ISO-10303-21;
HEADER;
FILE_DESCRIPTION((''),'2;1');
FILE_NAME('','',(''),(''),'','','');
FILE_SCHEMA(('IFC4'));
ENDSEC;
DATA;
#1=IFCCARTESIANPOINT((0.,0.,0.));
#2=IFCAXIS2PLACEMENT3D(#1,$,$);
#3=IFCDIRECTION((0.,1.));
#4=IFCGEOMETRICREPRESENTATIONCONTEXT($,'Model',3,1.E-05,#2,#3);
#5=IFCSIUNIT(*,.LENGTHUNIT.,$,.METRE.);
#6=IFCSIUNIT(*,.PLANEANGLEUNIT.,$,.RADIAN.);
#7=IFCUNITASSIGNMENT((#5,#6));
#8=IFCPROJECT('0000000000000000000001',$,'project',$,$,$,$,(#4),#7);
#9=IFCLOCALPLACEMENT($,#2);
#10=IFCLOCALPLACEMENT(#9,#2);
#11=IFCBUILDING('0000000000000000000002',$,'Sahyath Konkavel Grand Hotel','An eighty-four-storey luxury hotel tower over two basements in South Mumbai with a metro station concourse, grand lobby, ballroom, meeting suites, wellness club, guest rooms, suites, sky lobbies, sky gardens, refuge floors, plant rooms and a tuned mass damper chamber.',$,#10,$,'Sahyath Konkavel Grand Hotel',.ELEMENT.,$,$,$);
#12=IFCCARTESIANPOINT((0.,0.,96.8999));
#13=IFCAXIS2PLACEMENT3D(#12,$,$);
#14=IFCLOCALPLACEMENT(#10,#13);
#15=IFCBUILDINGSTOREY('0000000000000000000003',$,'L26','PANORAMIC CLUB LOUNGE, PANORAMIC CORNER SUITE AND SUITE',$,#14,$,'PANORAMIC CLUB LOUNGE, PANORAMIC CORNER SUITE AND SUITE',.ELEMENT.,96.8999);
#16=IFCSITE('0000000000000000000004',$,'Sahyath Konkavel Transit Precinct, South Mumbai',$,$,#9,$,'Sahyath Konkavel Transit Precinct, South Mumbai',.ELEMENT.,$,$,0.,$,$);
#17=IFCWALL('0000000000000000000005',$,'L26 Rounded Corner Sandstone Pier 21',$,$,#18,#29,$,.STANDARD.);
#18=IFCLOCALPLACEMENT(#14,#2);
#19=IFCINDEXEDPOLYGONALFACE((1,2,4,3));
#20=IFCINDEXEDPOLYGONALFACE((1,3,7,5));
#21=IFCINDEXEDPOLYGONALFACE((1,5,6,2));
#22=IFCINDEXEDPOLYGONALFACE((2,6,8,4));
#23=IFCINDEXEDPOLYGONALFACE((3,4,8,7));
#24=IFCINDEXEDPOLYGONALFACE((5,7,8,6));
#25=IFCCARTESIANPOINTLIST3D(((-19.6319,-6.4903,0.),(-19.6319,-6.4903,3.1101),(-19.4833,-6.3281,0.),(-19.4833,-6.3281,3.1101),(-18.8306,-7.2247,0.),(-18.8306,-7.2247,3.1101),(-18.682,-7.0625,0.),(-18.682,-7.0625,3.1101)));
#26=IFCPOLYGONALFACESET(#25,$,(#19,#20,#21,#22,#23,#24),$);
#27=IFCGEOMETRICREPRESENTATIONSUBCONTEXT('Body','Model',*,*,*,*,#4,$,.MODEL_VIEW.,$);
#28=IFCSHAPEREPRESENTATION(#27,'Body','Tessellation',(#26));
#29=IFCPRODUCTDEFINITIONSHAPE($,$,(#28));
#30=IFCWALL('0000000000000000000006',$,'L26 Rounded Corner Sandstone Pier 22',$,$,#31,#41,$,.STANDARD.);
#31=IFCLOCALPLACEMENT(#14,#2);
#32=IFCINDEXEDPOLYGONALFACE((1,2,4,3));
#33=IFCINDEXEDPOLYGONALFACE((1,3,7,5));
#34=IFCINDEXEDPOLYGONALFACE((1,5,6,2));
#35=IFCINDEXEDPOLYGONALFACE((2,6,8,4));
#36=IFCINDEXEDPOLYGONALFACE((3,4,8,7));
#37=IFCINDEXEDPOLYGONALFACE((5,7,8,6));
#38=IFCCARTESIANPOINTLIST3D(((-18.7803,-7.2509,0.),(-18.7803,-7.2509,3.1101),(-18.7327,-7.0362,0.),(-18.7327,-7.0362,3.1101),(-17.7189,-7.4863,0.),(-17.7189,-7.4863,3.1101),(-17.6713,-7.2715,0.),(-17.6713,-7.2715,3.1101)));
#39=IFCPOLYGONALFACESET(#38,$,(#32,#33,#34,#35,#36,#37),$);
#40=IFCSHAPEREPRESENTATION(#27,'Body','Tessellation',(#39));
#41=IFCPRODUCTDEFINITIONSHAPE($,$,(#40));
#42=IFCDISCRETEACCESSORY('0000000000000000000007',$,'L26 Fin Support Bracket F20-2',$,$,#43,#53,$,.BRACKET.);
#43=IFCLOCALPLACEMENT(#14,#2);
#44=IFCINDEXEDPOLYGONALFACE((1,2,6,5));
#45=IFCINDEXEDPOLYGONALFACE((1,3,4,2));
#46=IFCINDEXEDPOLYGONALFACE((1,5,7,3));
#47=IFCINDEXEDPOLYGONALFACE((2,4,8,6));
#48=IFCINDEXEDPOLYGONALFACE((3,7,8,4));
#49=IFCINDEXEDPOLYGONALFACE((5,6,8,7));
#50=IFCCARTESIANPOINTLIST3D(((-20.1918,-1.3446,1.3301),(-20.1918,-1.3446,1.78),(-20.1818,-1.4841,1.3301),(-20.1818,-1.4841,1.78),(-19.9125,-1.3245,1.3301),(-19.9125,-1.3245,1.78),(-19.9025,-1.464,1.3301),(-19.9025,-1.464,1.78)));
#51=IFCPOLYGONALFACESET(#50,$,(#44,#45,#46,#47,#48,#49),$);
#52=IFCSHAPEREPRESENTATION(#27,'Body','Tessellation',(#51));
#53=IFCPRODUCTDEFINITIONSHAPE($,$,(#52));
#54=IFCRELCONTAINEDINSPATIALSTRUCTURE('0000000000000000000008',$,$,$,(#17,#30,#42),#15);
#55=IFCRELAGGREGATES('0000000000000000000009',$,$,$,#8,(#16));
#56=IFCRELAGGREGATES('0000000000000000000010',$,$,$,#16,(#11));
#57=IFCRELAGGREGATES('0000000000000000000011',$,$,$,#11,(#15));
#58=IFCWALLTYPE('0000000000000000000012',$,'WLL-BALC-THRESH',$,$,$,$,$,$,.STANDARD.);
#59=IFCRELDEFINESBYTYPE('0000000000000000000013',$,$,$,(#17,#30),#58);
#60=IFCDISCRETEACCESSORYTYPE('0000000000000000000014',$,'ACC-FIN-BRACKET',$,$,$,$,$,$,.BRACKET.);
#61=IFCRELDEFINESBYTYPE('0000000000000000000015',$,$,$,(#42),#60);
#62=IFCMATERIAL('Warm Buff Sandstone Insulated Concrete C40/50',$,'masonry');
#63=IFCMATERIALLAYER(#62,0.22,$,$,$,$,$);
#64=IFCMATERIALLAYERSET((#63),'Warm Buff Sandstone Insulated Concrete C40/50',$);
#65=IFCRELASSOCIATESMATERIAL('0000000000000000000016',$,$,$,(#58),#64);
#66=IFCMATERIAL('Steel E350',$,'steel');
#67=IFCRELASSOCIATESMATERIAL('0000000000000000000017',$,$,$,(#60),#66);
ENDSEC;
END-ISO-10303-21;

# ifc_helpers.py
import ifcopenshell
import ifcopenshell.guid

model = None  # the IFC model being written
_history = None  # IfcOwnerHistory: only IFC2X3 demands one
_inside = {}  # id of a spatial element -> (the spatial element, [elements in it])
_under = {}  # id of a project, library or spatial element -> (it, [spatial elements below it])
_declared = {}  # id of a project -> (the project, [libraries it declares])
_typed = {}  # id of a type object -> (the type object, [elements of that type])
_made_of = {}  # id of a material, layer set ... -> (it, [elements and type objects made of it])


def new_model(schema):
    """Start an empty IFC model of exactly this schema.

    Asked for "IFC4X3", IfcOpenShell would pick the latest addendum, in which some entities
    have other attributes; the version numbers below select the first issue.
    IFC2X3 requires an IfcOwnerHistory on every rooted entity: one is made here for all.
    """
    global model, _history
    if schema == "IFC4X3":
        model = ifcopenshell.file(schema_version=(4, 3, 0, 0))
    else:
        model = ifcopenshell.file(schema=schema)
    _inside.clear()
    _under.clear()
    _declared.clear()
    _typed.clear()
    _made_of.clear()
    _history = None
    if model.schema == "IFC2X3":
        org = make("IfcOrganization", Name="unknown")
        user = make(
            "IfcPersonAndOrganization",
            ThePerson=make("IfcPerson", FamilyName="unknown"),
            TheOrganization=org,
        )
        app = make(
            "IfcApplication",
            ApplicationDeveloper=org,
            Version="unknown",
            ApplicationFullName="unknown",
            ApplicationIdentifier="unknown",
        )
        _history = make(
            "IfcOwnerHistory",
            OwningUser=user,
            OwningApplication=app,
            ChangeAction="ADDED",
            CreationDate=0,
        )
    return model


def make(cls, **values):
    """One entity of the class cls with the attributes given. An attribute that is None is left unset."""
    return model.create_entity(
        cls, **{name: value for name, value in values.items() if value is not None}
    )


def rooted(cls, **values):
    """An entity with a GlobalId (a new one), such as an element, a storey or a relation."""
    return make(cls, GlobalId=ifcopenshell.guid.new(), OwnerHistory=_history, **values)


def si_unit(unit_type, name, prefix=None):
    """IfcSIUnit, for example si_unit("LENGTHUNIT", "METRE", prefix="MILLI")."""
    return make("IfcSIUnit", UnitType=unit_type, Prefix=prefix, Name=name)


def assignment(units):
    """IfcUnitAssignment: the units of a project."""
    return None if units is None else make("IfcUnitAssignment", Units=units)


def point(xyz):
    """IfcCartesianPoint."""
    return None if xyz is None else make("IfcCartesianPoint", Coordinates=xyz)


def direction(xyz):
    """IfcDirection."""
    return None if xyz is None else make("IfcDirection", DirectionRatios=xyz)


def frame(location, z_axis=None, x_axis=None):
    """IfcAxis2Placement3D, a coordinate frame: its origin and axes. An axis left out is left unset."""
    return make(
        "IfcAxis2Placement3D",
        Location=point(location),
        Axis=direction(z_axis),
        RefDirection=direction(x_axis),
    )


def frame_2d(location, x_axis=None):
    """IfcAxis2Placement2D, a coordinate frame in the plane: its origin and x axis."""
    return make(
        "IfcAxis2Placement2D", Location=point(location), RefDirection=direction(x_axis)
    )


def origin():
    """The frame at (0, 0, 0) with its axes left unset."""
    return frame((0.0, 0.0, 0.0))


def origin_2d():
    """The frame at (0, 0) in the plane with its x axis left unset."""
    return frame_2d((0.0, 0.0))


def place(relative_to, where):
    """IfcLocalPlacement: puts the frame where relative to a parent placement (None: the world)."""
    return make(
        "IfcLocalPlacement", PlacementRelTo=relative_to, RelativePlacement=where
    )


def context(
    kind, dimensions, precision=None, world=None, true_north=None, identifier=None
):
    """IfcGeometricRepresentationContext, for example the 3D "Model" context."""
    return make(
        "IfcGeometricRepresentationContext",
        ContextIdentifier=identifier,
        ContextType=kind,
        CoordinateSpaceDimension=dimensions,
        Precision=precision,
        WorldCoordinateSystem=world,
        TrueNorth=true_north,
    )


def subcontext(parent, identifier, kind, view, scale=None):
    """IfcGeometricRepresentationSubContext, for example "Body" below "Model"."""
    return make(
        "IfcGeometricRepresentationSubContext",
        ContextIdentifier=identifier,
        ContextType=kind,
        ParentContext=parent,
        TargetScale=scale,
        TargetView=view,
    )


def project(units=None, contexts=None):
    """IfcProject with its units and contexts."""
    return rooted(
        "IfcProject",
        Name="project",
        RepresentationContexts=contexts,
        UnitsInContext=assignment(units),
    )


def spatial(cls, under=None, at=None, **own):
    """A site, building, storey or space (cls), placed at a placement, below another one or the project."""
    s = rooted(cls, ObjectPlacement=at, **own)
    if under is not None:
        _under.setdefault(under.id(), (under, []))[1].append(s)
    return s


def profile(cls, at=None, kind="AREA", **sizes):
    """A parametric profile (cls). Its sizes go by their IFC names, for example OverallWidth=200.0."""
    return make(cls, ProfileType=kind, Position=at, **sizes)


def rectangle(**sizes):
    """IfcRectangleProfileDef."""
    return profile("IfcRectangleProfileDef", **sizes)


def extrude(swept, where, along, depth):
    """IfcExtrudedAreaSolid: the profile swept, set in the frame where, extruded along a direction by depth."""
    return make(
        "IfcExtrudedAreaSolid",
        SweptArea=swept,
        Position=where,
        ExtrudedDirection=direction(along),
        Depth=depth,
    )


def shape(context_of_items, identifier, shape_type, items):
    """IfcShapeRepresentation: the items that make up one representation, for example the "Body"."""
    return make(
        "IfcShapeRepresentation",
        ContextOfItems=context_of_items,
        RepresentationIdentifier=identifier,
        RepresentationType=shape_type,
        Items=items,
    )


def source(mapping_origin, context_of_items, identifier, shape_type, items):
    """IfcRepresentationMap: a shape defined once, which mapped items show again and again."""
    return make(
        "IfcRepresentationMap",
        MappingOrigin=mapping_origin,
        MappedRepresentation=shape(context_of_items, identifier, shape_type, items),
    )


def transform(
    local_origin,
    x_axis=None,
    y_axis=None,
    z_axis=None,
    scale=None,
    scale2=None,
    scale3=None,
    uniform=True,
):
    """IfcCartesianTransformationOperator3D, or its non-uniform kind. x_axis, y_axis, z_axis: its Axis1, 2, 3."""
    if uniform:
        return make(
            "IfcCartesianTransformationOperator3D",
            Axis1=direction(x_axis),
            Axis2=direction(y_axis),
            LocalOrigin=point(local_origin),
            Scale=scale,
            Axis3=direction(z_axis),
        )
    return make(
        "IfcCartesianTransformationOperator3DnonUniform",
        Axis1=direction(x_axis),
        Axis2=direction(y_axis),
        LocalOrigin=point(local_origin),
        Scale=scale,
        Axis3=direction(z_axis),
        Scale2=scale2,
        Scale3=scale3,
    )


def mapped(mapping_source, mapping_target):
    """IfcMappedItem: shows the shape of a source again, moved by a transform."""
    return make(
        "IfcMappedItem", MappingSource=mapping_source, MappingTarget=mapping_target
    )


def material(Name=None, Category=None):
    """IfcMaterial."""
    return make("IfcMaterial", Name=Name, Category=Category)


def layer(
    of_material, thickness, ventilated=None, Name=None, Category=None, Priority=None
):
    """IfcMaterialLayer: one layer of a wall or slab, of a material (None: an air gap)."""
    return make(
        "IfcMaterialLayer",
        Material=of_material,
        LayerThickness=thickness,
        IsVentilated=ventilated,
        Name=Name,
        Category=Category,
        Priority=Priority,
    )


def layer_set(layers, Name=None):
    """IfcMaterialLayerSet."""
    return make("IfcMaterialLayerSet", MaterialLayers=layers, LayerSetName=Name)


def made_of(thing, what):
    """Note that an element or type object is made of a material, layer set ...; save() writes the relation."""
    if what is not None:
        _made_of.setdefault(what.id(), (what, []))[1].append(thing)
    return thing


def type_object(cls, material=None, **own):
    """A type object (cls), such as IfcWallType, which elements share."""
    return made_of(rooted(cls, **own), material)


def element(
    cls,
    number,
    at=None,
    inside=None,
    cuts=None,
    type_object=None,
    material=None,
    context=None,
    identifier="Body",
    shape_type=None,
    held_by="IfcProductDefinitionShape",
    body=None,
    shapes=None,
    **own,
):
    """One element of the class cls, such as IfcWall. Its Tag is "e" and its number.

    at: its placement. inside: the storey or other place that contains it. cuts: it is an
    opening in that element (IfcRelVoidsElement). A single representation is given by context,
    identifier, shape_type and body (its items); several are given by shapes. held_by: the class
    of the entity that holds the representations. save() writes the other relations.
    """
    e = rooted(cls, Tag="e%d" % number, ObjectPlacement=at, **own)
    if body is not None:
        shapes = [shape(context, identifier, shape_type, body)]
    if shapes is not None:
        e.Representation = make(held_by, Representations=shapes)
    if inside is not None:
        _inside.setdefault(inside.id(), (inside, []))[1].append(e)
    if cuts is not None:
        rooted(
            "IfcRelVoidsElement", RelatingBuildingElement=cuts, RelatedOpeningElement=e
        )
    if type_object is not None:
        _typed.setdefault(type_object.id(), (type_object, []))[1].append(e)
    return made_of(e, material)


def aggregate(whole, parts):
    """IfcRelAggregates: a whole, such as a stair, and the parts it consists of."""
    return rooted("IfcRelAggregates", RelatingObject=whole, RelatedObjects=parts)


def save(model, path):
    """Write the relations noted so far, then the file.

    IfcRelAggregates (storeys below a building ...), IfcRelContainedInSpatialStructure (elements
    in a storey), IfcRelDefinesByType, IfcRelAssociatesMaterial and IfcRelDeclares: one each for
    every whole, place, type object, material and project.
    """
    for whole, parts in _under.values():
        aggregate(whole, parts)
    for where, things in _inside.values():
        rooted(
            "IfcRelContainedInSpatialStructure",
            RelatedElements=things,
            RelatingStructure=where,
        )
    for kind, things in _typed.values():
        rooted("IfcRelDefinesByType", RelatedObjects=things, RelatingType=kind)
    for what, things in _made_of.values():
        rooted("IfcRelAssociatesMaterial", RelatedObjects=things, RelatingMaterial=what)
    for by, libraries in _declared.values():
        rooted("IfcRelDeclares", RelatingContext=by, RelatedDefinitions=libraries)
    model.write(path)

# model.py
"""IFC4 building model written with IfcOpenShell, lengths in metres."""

from ifc_helpers import new_model, si_unit, direction, frame, frame_2d, origin, origin_2d, place, context, subcontext, project, spatial, rectangle, extrude, source, transform, mapped, material, layer, layer_set, type_object, element, save


model = new_model("IFC4")

# Units and contexts
model_context = context("Model", 3, precision=1e-05, world=origin(), true_north=direction((0.0, 1.0)))
body_context = subcontext(model_context, "Body", "Model", "MODEL_VIEW")
ifc_project = project(units=[si_unit("LENGTHUNIT", "METRE"), si_unit("PLANEANGLEUNIT", "RADIAN")], contexts=[model_context])

# Site, building, storey
site_placement = place(None, origin())
site = spatial("IfcSite", under=ifc_project, at=site_placement, Name="Sahyath Konkavel Transit Precinct, South Mumbai", LongName="Sahyath Konkavel Transit Precinct, South Mumbai", CompositionType="ELEMENT", RefElevation=0.0)
building_placement = place(site_placement, origin())
building = spatial("IfcBuilding", under=site, at=building_placement, Name="Sahyath Konkavel Grand Hotel", Description="An eighty-four-storey luxury hotel tower over two basements in South Mumbai with a metro station concourse, grand lobby, ballroom, meeting suites, wellness club, guest rooms, suites, sky lobbies, sky gardens, refuge floors, plant rooms and a tuned mass damper chamber.", LongName="Sahyath Konkavel Grand Hotel", CompositionType="ELEMENT")
storey_placement = place(building_placement, frame((0.0, 0.0, 96.8999)))
storey = spatial("IfcBuildingStorey", under=building, at=storey_placement, Name="L26", Description="PANORAMIC CLUB LOUNGE, PANORAMIC CORNER SUITE AND SUITE", LongName="PANORAMIC CLUB LOUNGE, PANORAMIC CORNER SUITE AND SUITE", CompositionType="ELEMENT", Elevation=96.8999)

# Shared definitions
ifc_material_1 = material(Name="Steel E350", Category="steel")

# Walls
ifc_material_2 = material(Name="Warm Buff Sandstone Insulated Concrete C40/50", Category="masonry")
ifc_layer_1 = layer(ifc_material_2, 0.22)
ifc_layer_set_1 = layer_set([ifc_layer_1], Name="Warm Buff Sandstone Insulated Concrete C40/50")
wall_type = type_object("IfcWallType", Name="WLL-BALC-THRESH", PredefinedType="STANDARD", material=ifc_layer_set_1)
wall_1_placement = place(storey_placement, frame((-19.5576, -6.4092, 0.0), z_axis=(0.0, 0.0, 1.0), x_axis=(0.73721, -0.675664, 0.0)))
element("IfcWall", 1, at=wall_1_placement, inside=storey, type_object=wall_type, Name="L26 Rounded Corner Sandstone Pier 21", PredefinedType="STANDARD", context=body_context, shape_type="SweptSolid", body=[
    extrude(rectangle(XDim=1.0869, YDim=0.22, at=frame_2d((0.5435, 0.0))), origin(), (0.0, 0.0, 1.0), 3.1101),
])
wall_2_placement = place(storey_placement, frame((-18.7563, -7.1436, 0.0), z_axis=(0.0, 0.0, 1.0), x_axis=(0.976282, -0.216502, 0.0)))
element("IfcWall", 2, at=wall_2_placement, inside=storey, type_object=wall_type, Name="L26 Rounded Corner Sandstone Pier 22", PredefinedType="STANDARD", context=body_context, shape_type="SweptSolid", body=[
    extrude(rectangle(XDim=1.0872, YDim=0.22, at=frame_2d((0.5435, 0.0))), origin(), (0.0, 0.0, 1.0), 3.1101),
])

# Discrete accessory
discrete_accessory_type = type_object("IfcDiscreteAccessoryType", Name="ACC-FIN-BRACKET", PredefinedType="BRACKET", material=ifc_material_1)
shared_shape_1 = source(origin(), body_context, "Body", "SweptSolid", [
    extrude(rectangle(XDim=0.28, YDim=0.1399, at=origin_2d()), origin(), (0.0, 0.0, 1.0), 0.45),
])
discrete_accessory_placement = place(storey_placement, frame((-20.0471, -1.4043, 1.3301), z_axis=(0.0, 0.0, 1.0), x_axis=(-0.997436, -0.071567, 0.0)))
element("IfcDiscreteAccessory", 3, at=discrete_accessory_placement, inside=storey, type_object=discrete_accessory_type, Name="L26 Fin Support Bracket F20-2", PredefinedType="BRACKET", context=body_context, shape_type="MappedRepresentation", body=[
    mapped(shared_shape_1, transform((0.0, 0.0, 0.0), scale=1.0)),
])

save(model, "model.ifc")
